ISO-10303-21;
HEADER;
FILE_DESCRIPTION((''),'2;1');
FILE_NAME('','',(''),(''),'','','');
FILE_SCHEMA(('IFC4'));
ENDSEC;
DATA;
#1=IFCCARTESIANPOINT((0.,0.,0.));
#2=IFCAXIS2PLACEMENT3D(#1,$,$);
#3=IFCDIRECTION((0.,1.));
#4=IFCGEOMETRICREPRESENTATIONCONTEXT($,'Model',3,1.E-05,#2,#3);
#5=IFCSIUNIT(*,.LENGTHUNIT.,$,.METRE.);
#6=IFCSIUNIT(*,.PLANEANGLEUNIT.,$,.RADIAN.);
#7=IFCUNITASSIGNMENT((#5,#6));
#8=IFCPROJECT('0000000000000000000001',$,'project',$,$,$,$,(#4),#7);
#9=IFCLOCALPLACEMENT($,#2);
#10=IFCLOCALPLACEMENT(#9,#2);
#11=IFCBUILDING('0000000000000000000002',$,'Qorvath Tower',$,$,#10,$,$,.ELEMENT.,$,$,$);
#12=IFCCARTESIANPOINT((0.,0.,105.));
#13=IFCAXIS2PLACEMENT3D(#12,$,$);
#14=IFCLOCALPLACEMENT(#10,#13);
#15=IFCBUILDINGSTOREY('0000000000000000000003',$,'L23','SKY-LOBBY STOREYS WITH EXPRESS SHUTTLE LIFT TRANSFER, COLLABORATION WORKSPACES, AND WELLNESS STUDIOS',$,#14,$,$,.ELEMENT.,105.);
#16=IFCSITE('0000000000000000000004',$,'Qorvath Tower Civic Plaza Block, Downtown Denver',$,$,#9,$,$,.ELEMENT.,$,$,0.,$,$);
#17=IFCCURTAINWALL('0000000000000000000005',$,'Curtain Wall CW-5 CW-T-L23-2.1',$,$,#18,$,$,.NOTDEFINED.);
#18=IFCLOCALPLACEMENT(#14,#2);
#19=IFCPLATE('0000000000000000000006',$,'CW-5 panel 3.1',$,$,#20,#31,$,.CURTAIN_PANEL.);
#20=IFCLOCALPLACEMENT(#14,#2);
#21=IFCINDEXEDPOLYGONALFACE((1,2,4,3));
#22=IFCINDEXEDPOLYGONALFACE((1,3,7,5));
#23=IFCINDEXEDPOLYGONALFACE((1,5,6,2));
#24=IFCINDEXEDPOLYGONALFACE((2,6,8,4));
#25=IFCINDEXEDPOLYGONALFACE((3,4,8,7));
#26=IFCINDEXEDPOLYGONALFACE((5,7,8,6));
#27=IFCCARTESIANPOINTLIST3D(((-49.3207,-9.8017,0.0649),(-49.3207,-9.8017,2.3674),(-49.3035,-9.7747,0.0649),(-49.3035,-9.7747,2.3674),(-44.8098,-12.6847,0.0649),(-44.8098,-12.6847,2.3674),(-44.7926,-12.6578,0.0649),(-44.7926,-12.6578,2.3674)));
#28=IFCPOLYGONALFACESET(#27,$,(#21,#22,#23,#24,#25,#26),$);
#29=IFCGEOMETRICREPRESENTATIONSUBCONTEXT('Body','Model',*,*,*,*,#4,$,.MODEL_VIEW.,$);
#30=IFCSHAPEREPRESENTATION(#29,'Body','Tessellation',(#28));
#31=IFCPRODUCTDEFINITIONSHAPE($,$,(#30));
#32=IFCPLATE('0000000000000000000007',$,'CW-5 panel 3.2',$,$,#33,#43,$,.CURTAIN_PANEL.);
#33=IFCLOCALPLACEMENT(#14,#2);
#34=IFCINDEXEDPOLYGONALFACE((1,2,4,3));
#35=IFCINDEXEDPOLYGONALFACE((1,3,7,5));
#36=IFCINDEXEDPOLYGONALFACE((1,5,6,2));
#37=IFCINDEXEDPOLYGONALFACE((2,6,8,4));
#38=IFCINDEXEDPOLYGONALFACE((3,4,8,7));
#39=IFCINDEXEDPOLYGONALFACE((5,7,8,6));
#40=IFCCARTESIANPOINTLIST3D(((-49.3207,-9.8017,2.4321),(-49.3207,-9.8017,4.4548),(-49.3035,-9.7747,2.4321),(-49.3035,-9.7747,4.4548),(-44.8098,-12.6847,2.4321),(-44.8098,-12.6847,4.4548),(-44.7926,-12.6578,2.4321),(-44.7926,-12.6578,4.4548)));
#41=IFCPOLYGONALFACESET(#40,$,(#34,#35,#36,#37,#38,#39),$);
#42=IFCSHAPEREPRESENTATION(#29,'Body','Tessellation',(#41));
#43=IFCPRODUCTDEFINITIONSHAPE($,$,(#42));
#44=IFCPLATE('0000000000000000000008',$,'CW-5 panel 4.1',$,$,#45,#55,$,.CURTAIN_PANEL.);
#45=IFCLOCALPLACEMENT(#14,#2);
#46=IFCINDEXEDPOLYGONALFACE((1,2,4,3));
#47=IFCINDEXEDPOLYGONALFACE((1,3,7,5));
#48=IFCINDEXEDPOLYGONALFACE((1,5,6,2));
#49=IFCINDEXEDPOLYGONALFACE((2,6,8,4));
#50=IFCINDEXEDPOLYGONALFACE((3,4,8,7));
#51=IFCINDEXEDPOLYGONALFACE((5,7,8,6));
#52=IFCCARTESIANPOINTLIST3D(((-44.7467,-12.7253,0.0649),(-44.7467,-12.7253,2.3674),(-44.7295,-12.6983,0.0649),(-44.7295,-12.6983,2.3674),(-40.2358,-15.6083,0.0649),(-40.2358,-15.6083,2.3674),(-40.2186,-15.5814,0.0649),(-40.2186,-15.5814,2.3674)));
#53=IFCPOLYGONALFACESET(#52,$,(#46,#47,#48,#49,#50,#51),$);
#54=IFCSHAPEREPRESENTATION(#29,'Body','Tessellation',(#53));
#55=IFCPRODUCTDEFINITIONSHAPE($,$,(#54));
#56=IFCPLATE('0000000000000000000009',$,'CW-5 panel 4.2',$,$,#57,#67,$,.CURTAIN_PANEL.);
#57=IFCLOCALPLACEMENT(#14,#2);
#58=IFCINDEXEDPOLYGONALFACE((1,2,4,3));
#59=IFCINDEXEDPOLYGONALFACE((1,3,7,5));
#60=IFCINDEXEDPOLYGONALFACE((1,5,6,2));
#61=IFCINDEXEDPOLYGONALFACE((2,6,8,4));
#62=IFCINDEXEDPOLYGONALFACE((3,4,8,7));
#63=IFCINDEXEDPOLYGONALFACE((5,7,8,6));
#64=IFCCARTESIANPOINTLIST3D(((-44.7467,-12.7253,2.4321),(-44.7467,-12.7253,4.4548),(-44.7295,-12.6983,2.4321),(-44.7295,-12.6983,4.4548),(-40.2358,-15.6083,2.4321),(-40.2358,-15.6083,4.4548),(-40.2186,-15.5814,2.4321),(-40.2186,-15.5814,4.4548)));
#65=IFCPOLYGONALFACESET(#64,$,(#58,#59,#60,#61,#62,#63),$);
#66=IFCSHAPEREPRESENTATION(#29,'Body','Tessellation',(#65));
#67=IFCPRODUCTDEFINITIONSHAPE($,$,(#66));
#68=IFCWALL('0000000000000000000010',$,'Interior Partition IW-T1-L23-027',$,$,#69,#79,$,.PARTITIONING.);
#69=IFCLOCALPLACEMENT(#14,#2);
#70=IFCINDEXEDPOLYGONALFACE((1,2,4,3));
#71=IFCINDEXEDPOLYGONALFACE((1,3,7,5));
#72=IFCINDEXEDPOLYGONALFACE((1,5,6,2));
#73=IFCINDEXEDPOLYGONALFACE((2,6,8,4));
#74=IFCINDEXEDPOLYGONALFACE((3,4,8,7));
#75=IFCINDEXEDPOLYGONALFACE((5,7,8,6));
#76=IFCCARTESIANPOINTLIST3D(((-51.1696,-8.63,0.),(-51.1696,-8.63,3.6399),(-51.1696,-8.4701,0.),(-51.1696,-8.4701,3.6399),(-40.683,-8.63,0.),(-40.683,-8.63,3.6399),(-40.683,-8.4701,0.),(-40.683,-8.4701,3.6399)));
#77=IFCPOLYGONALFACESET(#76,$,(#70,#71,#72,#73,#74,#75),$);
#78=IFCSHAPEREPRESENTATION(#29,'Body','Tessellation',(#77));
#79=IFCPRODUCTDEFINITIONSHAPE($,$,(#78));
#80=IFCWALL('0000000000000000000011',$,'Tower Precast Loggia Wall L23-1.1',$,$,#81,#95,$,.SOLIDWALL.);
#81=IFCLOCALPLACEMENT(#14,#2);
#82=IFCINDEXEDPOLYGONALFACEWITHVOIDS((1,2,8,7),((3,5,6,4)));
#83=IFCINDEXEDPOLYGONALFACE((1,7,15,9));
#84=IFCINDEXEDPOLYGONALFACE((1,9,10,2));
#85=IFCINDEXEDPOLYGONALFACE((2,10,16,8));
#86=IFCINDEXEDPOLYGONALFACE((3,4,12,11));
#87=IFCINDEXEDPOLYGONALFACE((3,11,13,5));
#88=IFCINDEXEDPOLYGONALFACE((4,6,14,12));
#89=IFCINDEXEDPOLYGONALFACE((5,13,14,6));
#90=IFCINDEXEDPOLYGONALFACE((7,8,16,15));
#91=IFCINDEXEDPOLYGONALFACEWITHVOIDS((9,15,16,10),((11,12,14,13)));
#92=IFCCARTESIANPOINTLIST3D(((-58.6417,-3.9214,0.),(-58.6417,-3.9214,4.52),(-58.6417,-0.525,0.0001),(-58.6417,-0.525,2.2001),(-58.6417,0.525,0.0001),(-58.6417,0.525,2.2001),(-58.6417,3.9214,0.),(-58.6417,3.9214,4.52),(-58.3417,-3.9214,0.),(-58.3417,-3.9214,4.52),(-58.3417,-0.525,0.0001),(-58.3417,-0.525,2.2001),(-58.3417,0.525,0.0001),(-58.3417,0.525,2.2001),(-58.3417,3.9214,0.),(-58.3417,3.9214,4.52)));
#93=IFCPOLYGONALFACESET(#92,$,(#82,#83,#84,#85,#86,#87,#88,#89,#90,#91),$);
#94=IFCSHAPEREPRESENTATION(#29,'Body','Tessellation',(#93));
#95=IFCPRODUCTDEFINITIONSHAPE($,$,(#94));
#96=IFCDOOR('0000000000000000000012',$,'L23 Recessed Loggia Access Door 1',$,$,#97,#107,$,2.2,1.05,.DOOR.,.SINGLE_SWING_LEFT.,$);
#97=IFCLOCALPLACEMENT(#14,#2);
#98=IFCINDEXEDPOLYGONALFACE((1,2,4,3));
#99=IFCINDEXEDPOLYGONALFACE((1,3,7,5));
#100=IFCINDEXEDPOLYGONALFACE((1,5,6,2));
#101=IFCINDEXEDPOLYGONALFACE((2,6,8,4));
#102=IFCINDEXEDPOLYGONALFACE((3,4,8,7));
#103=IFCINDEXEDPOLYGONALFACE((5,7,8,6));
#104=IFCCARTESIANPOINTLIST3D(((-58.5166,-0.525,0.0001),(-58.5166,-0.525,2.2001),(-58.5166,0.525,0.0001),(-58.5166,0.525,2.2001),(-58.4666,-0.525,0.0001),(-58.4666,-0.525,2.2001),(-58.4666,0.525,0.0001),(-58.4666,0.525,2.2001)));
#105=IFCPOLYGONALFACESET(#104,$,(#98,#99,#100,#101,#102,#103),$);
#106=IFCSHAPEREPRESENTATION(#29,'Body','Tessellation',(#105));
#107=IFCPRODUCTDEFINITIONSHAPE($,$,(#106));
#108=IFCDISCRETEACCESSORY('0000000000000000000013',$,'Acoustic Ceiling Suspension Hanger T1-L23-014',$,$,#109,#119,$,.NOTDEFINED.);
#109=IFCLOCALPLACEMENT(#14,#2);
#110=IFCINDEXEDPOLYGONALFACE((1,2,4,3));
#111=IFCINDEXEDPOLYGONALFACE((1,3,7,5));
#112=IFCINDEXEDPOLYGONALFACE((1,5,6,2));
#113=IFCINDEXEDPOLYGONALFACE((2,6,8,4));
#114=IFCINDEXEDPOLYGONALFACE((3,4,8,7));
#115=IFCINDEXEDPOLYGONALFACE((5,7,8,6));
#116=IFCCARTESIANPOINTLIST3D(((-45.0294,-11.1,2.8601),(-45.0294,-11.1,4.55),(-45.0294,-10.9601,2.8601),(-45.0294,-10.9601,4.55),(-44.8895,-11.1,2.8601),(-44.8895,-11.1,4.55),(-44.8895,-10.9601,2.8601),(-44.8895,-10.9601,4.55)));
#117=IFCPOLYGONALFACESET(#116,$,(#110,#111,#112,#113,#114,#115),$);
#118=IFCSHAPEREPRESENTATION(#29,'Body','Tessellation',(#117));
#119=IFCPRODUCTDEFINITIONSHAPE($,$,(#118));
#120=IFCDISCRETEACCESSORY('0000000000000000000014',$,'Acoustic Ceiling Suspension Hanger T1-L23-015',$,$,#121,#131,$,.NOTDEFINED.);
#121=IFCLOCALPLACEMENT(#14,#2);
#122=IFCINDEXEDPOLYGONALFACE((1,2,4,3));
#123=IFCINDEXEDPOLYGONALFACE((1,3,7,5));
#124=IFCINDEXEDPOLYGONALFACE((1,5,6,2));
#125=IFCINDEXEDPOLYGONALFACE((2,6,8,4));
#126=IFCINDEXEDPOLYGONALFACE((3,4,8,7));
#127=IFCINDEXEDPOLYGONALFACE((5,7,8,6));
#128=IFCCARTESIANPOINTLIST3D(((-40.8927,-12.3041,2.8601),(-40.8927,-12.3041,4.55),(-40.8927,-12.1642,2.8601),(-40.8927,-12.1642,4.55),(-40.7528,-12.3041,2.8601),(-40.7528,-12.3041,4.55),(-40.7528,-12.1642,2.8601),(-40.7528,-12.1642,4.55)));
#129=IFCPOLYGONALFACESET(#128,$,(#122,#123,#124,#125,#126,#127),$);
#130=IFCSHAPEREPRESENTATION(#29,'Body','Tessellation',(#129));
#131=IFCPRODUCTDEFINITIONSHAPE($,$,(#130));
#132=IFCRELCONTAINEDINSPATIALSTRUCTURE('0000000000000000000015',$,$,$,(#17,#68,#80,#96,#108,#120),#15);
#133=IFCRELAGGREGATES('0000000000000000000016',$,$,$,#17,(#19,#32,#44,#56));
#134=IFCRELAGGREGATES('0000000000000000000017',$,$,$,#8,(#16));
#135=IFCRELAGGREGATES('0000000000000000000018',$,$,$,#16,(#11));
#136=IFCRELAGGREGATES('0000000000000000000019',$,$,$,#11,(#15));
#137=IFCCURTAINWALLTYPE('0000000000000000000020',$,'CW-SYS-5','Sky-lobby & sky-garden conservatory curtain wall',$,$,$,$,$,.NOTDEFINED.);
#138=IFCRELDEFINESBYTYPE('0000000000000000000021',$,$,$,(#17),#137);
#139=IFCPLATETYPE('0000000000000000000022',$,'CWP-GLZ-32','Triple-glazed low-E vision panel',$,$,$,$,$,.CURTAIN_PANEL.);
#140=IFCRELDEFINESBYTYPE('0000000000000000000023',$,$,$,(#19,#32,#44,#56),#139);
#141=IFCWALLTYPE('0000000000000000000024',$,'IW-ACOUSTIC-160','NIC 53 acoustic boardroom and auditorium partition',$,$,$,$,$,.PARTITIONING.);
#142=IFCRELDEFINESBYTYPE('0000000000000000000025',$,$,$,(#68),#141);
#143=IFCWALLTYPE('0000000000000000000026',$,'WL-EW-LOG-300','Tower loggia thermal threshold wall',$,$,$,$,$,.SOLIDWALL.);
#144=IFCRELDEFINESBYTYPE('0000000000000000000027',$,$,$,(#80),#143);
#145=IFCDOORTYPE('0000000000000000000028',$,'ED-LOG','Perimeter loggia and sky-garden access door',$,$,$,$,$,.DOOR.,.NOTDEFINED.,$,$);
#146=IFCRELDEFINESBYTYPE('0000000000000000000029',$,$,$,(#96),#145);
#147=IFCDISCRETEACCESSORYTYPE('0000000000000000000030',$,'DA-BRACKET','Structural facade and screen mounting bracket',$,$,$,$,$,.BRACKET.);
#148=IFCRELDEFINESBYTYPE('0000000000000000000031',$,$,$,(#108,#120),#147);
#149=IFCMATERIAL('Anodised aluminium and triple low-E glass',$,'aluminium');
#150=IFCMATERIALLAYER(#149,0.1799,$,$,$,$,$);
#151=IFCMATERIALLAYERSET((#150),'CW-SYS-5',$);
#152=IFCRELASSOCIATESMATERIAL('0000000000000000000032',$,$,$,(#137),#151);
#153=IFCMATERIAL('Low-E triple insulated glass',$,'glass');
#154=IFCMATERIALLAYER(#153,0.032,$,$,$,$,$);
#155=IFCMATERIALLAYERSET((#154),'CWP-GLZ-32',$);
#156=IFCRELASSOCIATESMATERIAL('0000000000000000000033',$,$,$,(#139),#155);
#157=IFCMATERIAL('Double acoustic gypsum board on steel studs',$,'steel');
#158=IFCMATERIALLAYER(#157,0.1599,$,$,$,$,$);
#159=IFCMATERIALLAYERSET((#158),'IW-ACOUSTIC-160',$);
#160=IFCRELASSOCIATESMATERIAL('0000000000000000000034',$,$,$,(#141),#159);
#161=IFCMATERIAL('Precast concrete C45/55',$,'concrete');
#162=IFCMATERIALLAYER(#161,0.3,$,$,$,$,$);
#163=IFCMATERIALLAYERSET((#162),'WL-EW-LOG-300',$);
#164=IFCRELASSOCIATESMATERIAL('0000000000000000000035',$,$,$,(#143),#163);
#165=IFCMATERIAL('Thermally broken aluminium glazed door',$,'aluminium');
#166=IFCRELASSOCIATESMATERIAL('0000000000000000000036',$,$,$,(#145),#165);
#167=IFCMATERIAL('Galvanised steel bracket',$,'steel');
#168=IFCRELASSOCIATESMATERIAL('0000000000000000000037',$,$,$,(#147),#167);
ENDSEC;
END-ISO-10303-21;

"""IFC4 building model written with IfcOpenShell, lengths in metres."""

from ifc_helpers import new_model, si_unit, direction, frame, frame_2d, origin, origin_2d, place, context, subcontext, project, spatial, rectangle, extrude, material, layer, layer_set, type_object, element, fill, aggregate, save


model = new_model("IFC4")

# Units and contexts
model_context = context("Model", 3, precision=1e-05, world=origin(), true_north=direction((0.0, 1.0)))
body_context = subcontext(model_context, "Body", "Model", "MODEL_VIEW")
ifc_project = project(units=[si_unit("LENGTHUNIT", "METRE"), si_unit("PLANEANGLEUNIT", "RADIAN")], contexts=[model_context])

# Site, building, storey
site_placement = place(None, origin())
site = spatial("IfcSite", under=ifc_project, at=site_placement, Name="Qorvath Tower Civic Plaza Block, Downtown Denver", CompositionType="ELEMENT", RefElevation=0.0)
building_placement = place(site_placement, origin())
building = spatial("IfcBuilding", under=site, at=building_placement, Name="Qorvath Tower", CompositionType="ELEMENT")
storey_placement = place(building_placement, frame((0.0, 0.0, 105.0)))
storey = spatial("IfcBuildingStorey", under=building, at=storey_placement, Name="L23", Description="SKY-LOBBY STOREYS WITH EXPRESS SHUTTLE LIFT TRANSFER, COLLABORATION WORKSPACES, AND WELLNESS STUDIOS", CompositionType="ELEMENT", Elevation=105.0)

# Curtain wall, plates
ifc_material_1 = material(Name="Anodised aluminium and triple low-E glass", Category="aluminium")
ifc_layer_1 = layer(ifc_material_1, 0.1799)
ifc_layer_set_1 = layer_set([ifc_layer_1], Name="CW-SYS-5")
curtain_wall_type = type_object("IfcCurtainWallType", Name="CW-SYS-5", Description="Sky-lobby & sky-garden conservatory curtain wall", PredefinedType="NOTDEFINED", material=ifc_layer_set_1)
curtain_wall_placement = place(storey_placement, origin())
curtain_wall = element("IfcCurtainWall", 1, at=curtain_wall_placement, inside=storey, type_object=curtain_wall_type, Name="Curtain Wall CW-5 CW-T-L23-2.1", PredefinedType="NOTDEFINED")
ifc_material_2 = material(Name="Low-E triple insulated glass", Category="glass")
ifc_layer_2 = layer(ifc_material_2, 0.032)
ifc_layer_set_2 = layer_set([ifc_layer_2], Name="CWP-GLZ-32")
plate_type = type_object("IfcPlateType", Name="CWP-GLZ-32", Description="Triple-glazed low-E vision panel", PredefinedType="CURTAIN_PANEL", material=ifc_layer_set_2)
plate_1_placement = place(storey_placement, frame((-47.0566, -11.2297, 0.0649), z_axis=(0.0, 0.0, 1.0), x_axis=(0.842605, -0.538532, 0.0)))
plate_1 = element("IfcPlate", 2, at=plate_1_placement, type_object=plate_type, Name="CW-5 panel 3.1", PredefinedType="CURTAIN_PANEL", context=body_context, shape_type="SweptSolid", body=[
    extrude(rectangle(XDim=5.3535, YDim=0.032, at=origin_2d()), origin(), (0.0, 0.0, 1.0), 2.3025),
])
plate_2_placement = place(storey_placement, frame((-47.0566, -11.2297, 2.4321), z_axis=(0.0, 0.0, 1.0), x_axis=(0.842605, -0.538532, 0.0)))
plate_2 = element("IfcPlate", 3, at=plate_2_placement, type_object=plate_type, Name="CW-5 panel 3.2", PredefinedType="CURTAIN_PANEL", context=body_context, shape_type="SweptSolid", body=[
    extrude(rectangle(XDim=5.3535, YDim=0.032, at=origin_2d()), origin(), (0.0, 0.0, 1.0), 2.0227),
])
plate_3_placement = place(storey_placement, frame((-42.4827, -14.1533, 0.0649), z_axis=(0.0, 0.0, 1.0), x_axis=(0.842605, -0.538532, 0.0)))
plate_3 = element("IfcPlate", 4, at=plate_3_placement, type_object=plate_type, Name="CW-5 panel 4.1", PredefinedType="CURTAIN_PANEL", context=body_context, shape_type="SweptSolid", body=[
    extrude(rectangle(XDim=5.3535, YDim=0.032, at=origin_2d()), origin(), (0.0, 0.0, 1.0), 2.3025),
])
plate_4_placement = place(storey_placement, frame((-42.4827, -14.1533, 2.4321), z_axis=(0.0, 0.0, 1.0), x_axis=(0.842605, -0.538532, 0.0)))
plate_4 = element("IfcPlate", 5, at=plate_4_placement, type_object=plate_type, Name="CW-5 panel 4.2", PredefinedType="CURTAIN_PANEL", context=body_context, shape_type="SweptSolid", body=[
    extrude(rectangle(XDim=5.3535, YDim=0.032, at=origin_2d()), origin(), (0.0, 0.0, 1.0), 2.0227),
])
aggregate(curtain_wall, [plate_1, plate_2, plate_3, plate_4])

# Shared definitions
ifc_material_3 = material(Name="Double acoustic gypsum board on steel studs", Category="steel")
ifc_layer_3 = layer(ifc_material_3, 0.1599)
ifc_layer_set_3 = layer_set([ifc_layer_3], Name="IW-ACOUSTIC-160")
wall_type_1 = type_object("IfcWallType", Name="IW-ACOUSTIC-160", Description="NIC 53 acoustic boardroom and auditorium partition", PredefinedType="PARTITIONING", material=ifc_layer_set_3)

# Wall
wall_1_placement = place(storey_placement, frame((-40.6831, -8.55, 0.0), z_axis=(0.0, 0.0, 1.0), x_axis=(-1.0, 0.0, 0.0)))
element("IfcWall", 6, at=wall_1_placement, inside=storey, type_object=wall_type_1, Name="Interior Partition IW-T1-L23-027", PredefinedType="PARTITIONING", context=body_context, shape_type="SweptSolid", body=[
    extrude(rectangle(XDim=10.4866, YDim=0.1599, at=frame_2d((5.2432, 0.0))), origin(), (0.0, 0.0, 1.0), 3.6399),
])

# Wall, opening, door
ifc_material_4 = material(Name="Precast concrete C45/55", Category="concrete")
ifc_layer_4 = layer(ifc_material_4, 0.3)
ifc_layer_set_4 = layer_set([ifc_layer_4], Name="WL-EW-LOG-300")
wall_type_2 = type_object("IfcWallType", Name="WL-EW-LOG-300", Description="Tower loggia thermal threshold wall", PredefinedType="SOLIDWALL", material=ifc_layer_set_4)
wall_2_placement = place(storey_placement, frame((-58.4917, -3.9214, 0.0), z_axis=(0.0, 0.0, 1.0), x_axis=(0.0, 1.0, 0.0)))
wall_2 = element("IfcWall", 7, at=wall_2_placement, inside=storey, type_object=wall_type_2, Name="Tower Precast Loggia Wall L23-1.1", PredefinedType="SOLIDWALL", context=body_context, shape_type="SweptSolid", body=[
    extrude(rectangle(XDim=7.8428, YDim=0.3, at=frame_2d((3.9214, 0.0))), origin(), (0.0, 0.0, 1.0), 4.52),
])
opening_1_placement = place(wall_2_placement, frame((3.3965, 0.0, 0.0)))
opening_1 = element("IfcOpeningElement", 8, at=opening_1_placement, cuts=wall_2, PredefinedType="OPENING", context=body_context, shape_type="SweptSolid", body=[
    extrude(rectangle(XDim=1.05, YDim=2.2, at=frame_2d((0.5249, 1.1001))), frame((0.0, 0.1602, 0.0), z_axis=(0.0, -1.0, 0.0), x_axis=(1.0, 0.0, 0.0)), (0.0, 0.0, 1.0), 0.3201),
])
ifc_material_5 = material(Name="Thermally broken aluminium glazed door", Category="aluminium")
door_type_1 = type_object("IfcDoorType", Name="ED-LOG", Description="Perimeter loggia and sky-garden access door", OperationType="NOTDEFINED", PredefinedType="DOOR", material=ifc_material_5)
door_1_placement = place(opening_1_placement, origin())
door_1 = element("IfcDoor", 9, at=door_1_placement, inside=storey, type_object=door_type_1, Name="L23 Recessed Loggia Access Door 1", OperationType="SINGLE_SWING_LEFT", OverallHeight=2.2, OverallWidth=1.05, PredefinedType="DOOR", context=body_context, shape_type="SweptSolid", body=[
    extrude(rectangle(XDim=1.05, YDim=2.2, at=frame_2d((0.5249, 1.1001))), frame((0.0, 0.0249, 0.0), z_axis=(0.0, -1.0, 0.0), x_axis=(1.0, 0.0, 0.0)), (0.0, 0.0, 1.0), 0.05),
])
fill(opening_1, door_1)

# Discrete accessories
ifc_material_6 = material(Name="Galvanised steel bracket", Category="steel")
discrete_accessory_type = type_object("IfcDiscreteAccessoryType", Name="DA-BRACKET", Description="Structural facade and screen mounting bracket", PredefinedType="BRACKET", material=ifc_material_6)
for number, where, z_axis, x_axis, name in (
    (10, (-44.9595, -11.03, 2.8601), (0.0, 0.0, 1.0), (1.0, 0.0, 0.0), "Acoustic Ceiling Suspension Hanger T1-L23-014"),
    (11, (-40.8228, -12.2341, 2.8601), (0.0, 0.0, 1.0), (1.0, 0.0, 0.0), "Acoustic Ceiling Suspension Hanger T1-L23-015"),
):
    element("IfcDiscreteAccessory", number, at=place(storey_placement, frame(where, z_axis=z_axis, x_axis=x_axis)), inside=storey, type_object=discrete_accessory_type, Name=name, PredefinedType="NOTDEFINED", context=body_context, shape_type="SweptSolid", body=[
        extrude(rectangle(XDim=0.1399, YDim=0.1399, at=origin_2d()), origin(), (0.0, 0.0, 1.0), 1.6899),
    ])

save(model, "model.ifc")
